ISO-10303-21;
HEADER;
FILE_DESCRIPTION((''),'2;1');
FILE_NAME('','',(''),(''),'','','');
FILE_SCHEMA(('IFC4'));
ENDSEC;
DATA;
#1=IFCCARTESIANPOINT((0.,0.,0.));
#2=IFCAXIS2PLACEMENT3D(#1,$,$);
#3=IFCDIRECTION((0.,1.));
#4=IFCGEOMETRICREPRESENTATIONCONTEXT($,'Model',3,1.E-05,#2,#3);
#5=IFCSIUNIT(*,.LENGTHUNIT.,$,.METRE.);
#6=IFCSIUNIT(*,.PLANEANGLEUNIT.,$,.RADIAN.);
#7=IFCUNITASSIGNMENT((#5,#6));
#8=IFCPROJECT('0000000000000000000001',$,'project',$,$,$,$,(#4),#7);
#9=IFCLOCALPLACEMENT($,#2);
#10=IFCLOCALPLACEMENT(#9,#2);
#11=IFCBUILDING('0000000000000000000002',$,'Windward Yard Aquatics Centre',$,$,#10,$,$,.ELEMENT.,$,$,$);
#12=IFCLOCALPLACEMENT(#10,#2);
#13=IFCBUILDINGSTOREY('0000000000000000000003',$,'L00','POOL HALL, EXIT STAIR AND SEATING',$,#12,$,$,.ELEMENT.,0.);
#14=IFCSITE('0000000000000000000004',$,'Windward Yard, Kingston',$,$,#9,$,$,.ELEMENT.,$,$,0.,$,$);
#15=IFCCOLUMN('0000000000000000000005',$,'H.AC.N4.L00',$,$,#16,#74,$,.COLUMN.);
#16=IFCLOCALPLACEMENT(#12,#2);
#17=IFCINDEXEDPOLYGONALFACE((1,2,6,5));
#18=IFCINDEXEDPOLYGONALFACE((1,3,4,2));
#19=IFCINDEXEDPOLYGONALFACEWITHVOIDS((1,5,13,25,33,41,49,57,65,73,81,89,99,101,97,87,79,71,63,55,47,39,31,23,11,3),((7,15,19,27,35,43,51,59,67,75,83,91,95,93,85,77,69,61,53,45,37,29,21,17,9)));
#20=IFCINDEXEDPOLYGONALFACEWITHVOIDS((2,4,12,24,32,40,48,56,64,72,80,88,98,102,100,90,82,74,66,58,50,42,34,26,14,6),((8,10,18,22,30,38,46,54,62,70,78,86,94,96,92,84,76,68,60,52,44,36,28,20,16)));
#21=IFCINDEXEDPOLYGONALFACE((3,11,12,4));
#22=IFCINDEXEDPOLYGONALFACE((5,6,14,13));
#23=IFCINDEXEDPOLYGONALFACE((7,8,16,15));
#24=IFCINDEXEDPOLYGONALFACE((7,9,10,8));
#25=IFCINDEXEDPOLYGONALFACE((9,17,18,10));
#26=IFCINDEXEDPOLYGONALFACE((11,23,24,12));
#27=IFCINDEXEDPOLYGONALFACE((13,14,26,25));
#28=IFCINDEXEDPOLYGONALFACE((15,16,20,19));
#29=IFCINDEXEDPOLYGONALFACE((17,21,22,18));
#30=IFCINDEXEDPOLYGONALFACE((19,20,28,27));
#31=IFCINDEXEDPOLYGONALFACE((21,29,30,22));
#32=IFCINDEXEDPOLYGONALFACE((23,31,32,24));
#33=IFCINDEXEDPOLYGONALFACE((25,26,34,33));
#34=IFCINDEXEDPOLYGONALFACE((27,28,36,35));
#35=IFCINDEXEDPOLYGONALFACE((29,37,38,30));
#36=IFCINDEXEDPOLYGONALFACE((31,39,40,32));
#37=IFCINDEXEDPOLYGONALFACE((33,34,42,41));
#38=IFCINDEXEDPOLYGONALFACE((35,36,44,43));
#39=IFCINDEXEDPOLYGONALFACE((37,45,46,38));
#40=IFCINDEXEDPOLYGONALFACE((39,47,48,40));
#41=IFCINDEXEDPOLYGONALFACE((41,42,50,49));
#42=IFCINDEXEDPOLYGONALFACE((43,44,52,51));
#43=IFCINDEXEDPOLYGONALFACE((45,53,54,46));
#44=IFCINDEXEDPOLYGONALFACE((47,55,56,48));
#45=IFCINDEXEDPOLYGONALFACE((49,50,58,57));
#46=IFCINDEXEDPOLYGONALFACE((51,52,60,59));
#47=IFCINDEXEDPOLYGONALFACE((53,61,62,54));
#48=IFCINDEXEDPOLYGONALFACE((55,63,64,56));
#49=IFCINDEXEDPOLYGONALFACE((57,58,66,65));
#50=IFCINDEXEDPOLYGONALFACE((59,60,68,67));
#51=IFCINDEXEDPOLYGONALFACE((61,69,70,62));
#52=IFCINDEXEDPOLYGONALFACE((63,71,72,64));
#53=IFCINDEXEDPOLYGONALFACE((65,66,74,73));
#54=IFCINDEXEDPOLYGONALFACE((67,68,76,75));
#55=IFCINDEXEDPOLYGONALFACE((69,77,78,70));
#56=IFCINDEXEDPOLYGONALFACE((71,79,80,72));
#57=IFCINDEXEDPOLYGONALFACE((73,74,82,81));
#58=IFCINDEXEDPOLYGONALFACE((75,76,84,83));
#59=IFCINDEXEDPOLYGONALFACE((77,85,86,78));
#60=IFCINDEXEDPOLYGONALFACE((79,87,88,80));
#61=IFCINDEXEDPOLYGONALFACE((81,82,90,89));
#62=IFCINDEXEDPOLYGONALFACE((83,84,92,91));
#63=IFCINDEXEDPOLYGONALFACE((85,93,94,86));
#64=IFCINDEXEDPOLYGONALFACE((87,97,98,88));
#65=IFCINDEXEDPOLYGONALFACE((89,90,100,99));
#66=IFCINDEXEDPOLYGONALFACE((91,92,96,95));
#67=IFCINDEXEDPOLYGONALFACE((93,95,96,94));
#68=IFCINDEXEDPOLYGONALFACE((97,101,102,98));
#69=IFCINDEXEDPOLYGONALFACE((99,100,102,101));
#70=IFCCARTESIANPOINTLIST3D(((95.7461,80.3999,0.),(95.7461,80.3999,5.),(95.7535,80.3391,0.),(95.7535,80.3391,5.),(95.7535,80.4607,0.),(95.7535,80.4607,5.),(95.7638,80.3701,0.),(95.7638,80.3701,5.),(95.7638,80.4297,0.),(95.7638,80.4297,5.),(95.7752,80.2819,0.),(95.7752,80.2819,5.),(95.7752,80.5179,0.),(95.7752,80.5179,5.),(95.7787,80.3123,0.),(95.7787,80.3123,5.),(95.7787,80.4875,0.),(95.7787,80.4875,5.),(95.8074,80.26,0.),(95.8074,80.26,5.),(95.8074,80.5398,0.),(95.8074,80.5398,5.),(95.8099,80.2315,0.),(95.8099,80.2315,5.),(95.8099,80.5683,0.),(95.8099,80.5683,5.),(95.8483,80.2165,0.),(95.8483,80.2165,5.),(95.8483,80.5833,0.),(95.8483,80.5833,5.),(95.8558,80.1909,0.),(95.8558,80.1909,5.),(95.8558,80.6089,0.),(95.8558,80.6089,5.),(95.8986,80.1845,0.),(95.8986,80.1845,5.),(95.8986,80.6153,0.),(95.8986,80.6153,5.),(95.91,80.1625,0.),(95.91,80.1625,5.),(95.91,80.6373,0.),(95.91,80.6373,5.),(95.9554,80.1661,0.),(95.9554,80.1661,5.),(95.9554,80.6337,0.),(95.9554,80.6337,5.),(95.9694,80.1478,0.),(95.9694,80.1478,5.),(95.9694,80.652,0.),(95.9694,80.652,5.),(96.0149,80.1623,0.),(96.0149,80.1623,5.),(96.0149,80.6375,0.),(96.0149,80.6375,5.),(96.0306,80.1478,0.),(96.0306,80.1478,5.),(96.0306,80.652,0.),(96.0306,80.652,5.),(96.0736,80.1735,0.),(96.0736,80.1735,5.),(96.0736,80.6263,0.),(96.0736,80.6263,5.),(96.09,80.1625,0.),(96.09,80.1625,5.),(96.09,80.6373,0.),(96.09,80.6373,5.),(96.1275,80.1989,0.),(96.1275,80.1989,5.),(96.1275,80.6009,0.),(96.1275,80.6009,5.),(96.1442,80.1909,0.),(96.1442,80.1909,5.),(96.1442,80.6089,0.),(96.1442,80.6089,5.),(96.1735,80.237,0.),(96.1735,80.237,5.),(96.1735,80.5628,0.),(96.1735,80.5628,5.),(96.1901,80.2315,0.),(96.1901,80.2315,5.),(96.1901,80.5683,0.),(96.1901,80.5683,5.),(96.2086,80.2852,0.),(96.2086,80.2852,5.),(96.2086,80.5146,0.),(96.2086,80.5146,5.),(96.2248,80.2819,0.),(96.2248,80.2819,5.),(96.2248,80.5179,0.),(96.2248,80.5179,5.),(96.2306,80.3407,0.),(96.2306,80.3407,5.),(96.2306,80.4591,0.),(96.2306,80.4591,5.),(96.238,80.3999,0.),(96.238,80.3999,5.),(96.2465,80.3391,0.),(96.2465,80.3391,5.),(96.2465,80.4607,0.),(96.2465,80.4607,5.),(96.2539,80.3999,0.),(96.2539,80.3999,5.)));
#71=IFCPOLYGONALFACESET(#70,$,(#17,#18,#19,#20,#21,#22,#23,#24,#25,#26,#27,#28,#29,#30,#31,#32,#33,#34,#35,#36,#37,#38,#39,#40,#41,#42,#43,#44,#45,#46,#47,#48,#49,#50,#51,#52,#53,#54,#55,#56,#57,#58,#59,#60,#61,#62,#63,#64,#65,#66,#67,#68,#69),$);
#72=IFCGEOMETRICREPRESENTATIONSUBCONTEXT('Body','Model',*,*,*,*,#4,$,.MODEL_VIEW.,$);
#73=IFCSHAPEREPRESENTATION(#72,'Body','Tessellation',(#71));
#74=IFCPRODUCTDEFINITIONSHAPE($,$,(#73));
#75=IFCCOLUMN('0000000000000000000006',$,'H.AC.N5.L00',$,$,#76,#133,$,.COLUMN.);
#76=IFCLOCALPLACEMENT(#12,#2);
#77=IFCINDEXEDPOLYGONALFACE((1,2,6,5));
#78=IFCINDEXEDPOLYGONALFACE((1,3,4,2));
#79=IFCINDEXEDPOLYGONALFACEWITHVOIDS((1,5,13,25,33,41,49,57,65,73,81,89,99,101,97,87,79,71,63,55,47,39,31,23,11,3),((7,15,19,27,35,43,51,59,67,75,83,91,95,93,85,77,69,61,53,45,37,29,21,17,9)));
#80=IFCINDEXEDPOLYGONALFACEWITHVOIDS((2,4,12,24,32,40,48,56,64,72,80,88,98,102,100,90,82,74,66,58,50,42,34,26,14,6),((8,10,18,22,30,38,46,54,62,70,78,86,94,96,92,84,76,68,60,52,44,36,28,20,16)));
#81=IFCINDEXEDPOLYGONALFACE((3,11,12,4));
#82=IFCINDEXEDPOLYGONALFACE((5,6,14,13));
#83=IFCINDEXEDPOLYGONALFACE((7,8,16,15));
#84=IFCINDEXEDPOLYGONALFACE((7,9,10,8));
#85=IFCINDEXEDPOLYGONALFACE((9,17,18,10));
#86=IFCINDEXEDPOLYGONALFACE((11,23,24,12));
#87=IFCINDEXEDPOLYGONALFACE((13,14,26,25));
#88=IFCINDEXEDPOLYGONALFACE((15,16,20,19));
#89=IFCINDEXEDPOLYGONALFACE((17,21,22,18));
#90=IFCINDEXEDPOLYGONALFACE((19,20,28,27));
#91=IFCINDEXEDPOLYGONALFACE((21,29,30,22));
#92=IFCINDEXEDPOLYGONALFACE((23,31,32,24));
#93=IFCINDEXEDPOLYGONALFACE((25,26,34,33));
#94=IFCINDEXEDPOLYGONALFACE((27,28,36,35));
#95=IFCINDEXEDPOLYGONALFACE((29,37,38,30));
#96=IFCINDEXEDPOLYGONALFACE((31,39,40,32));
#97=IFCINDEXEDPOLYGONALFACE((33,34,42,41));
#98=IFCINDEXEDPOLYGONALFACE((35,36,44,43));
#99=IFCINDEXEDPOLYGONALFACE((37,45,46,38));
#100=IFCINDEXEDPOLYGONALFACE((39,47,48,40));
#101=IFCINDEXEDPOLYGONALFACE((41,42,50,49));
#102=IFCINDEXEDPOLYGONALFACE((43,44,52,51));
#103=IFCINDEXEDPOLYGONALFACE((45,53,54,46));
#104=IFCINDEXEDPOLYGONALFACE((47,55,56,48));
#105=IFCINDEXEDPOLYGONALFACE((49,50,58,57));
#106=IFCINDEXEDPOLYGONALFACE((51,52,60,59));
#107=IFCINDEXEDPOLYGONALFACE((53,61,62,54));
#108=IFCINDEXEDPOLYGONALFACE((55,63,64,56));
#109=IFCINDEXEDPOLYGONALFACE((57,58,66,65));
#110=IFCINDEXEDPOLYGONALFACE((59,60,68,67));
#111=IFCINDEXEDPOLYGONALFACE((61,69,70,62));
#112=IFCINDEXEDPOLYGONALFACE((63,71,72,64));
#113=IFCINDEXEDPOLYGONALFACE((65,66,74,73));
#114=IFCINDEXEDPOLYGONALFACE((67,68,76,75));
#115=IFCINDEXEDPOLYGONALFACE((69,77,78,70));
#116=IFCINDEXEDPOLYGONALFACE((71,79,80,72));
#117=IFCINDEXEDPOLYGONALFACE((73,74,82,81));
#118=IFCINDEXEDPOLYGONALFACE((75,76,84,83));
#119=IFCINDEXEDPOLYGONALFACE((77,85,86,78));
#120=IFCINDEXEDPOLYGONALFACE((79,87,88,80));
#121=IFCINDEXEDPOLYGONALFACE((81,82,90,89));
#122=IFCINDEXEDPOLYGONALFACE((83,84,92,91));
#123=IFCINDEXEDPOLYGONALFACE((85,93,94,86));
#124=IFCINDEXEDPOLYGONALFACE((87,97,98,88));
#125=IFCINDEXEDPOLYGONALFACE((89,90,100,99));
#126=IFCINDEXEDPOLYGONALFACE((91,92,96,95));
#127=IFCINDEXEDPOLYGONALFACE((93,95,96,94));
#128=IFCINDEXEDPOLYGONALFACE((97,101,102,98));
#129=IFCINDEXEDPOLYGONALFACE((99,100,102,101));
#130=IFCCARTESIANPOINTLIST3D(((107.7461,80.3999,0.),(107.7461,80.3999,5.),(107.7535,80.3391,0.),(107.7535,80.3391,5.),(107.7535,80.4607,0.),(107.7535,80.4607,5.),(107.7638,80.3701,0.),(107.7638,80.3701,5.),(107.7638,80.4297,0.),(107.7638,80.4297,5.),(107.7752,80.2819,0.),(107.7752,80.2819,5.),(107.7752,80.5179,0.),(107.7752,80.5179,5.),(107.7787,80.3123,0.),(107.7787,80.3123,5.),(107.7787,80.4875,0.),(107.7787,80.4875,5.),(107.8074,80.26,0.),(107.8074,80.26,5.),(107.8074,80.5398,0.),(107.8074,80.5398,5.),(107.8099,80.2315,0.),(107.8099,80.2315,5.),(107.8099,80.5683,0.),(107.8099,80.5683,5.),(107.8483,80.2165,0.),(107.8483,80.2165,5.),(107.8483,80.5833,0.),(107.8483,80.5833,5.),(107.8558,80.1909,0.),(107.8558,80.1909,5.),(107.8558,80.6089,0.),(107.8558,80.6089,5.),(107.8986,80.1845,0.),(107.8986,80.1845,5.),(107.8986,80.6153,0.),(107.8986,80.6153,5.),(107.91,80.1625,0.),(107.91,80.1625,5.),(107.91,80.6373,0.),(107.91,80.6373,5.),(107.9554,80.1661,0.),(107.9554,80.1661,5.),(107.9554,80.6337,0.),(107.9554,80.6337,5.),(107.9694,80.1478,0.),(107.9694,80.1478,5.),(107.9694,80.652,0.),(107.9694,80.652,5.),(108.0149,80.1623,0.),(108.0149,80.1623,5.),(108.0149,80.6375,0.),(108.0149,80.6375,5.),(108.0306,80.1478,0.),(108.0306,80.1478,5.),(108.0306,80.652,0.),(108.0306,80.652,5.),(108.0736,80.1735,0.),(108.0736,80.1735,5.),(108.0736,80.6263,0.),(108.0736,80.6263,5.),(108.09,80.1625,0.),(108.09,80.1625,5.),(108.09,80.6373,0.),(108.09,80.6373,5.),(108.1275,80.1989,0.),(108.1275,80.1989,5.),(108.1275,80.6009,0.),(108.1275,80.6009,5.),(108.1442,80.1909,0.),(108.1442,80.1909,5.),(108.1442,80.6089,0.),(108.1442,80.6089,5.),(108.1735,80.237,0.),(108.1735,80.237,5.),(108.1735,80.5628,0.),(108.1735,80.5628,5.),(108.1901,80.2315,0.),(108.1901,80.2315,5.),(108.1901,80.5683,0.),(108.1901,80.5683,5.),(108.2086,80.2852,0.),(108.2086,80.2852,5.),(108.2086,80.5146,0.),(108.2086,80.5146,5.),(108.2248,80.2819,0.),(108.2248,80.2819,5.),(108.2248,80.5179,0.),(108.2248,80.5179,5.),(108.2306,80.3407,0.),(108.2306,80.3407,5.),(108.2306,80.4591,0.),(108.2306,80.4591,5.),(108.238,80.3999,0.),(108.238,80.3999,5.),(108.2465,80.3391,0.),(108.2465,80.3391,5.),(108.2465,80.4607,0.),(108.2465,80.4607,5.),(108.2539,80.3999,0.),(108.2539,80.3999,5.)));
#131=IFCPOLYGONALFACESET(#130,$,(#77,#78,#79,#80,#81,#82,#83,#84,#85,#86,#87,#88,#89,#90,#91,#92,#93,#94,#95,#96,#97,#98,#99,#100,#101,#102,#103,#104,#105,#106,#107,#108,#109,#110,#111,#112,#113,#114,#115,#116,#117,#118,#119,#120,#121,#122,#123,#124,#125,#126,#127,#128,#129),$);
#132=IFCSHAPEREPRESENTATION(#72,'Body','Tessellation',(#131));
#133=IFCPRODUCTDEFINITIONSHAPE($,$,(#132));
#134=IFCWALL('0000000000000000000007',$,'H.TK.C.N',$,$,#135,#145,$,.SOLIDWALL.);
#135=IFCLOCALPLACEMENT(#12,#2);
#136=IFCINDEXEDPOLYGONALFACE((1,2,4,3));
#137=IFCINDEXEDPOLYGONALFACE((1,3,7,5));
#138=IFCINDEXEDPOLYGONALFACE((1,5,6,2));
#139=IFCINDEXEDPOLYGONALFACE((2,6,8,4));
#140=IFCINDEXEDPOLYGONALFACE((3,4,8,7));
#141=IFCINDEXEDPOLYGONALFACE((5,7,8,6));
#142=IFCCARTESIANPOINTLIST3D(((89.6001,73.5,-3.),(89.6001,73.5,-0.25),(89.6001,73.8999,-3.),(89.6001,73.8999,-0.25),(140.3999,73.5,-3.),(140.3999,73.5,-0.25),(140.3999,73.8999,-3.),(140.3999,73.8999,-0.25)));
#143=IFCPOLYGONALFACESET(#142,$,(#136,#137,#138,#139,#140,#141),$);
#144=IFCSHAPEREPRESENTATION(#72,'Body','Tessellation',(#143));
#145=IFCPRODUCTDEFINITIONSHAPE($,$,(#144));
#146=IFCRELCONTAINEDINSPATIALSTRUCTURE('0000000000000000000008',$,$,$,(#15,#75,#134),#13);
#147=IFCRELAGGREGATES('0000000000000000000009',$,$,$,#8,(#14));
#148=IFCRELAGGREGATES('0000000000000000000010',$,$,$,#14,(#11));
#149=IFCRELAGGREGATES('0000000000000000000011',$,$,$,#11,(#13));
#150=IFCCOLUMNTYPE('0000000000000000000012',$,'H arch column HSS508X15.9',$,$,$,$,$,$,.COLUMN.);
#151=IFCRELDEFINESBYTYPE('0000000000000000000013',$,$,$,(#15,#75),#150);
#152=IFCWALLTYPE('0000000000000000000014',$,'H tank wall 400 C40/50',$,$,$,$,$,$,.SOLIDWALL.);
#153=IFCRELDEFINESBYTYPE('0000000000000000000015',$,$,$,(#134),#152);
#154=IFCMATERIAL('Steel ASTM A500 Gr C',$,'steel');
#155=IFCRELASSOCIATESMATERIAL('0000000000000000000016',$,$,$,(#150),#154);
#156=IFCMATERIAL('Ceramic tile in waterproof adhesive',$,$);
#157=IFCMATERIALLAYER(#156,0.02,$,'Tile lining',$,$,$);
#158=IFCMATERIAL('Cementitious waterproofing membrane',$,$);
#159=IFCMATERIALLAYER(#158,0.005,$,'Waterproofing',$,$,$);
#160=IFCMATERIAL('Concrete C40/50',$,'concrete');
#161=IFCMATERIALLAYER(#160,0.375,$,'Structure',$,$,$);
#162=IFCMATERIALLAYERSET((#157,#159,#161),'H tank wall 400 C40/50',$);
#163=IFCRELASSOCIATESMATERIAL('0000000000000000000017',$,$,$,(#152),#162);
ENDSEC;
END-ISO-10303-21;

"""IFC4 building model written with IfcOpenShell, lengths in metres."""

from ifc_helpers import new_model, si_unit, direction, frame, frame_2d, origin, origin_2d, place, context, subcontext, project, spatial, rectangle, hollow_circle, extrude, material, layer, layer_set, material_profile, profile_set, type_object, element, save


model = new_model("IFC4")

# Units and contexts
model_context = context("Model", 3, precision=1e-05, world=origin(), true_north=direction((0.0, 1.0)))
body_context = subcontext(model_context, "Body", "Model", "MODEL_VIEW")
ifc_project = project(units=[si_unit("LENGTHUNIT", "METRE"), si_unit("PLANEANGLEUNIT", "RADIAN")], contexts=[model_context])

# Site, building, storey
site_placement = place(None, origin())
site = spatial("IfcSite", under=ifc_project, at=site_placement, Name="Windward Yard, Kingston", CompositionType="ELEMENT", RefElevation=0.0)
building_placement = place(site_placement, origin())
building = spatial("IfcBuilding", under=site, at=building_placement, Name="Windward Yard Aquatics Centre", CompositionType="ELEMENT")
storey_placement = place(building_placement, origin())
storey = spatial("IfcBuildingStorey", under=building, at=storey_placement, Name="L00", Description="POOL HALL, EXIT STAIR AND SEATING", CompositionType="ELEMENT", Elevation=0.0)

# Columns
ifc_material_1 = material(Name="Steel ASTM A500 Gr C", Category="steel")
ifc_material_profile_1 = material_profile(ifc_material_1, hollow_circle(Radius=0.2539, WallThickness=0.0159, at=origin_2d()), Name="HSS508X15.9")
ifc_profile_set_1 = profile_set([ifc_material_profile_1], Name="Steel ASTM A500 Gr C")
column_type = type_object("IfcColumnType", Name="H arch column HSS508X15.9", PredefinedType="COLUMN", material=ifc_profile_set_1)
for number, where, z_axis, x_axis, name in (
    (1, (96.0, 80.3999, 0.0), (0.0, 0.0, 1.0), (1.0, 0.0, 0.0), "H.AC.N4.L00"),
    (2, (108.0, 80.3999, 0.0), (0.0, 0.0, 1.0), (1.0, 0.0, 0.0), "H.AC.N5.L00"),
):
    element("IfcColumn", number, at=place(storey_placement, frame(where, z_axis=z_axis, x_axis=x_axis)), inside=storey, type_object=column_type, Name=name, PredefinedType="COLUMN", context=body_context, shape_type="SweptSolid", body=[
        extrude(hollow_circle(Radius=0.2539, WallThickness=0.0159, at=origin_2d()), origin(), (0.0, 0.0, 1.0), 5.0),
    ])

# Wall
ifc_material_2 = material(Name="Ceramic tile in waterproof adhesive")
ifc_layer_1 = layer(ifc_material_2, 0.02, Name="Tile lining")
ifc_material_3 = material(Name="Cementitious waterproofing membrane")
ifc_layer_2 = layer(ifc_material_3, 0.005, Name="Waterproofing")
ifc_material_4 = material(Name="Concrete C40/50", Category="concrete")
ifc_layer_3 = layer(ifc_material_4, 0.375, Name="Structure")
ifc_layer_set = layer_set([ifc_layer_1, ifc_layer_2, ifc_layer_3], Name="H tank wall 400 C40/50")
wall_type = type_object("IfcWallType", Name="H tank wall 400 C40/50", PredefinedType="SOLIDWALL", material=ifc_layer_set)
wall_placement = place(storey_placement, frame((89.6001, 73.7, -3.0), z_axis=(0.0, 0.0, 1.0), x_axis=(1.0, 0.0, 0.0)))
element("IfcWall", 3, at=wall_placement, inside=storey, type_object=wall_type, Name="H.TK.C.N", PredefinedType="SOLIDWALL", context=body_context, shape_type="SweptSolid", body=[
    extrude(rectangle(XDim=50.7998, YDim=0.3999, at=frame_2d((25.3999, 0.0))), origin(), (0.0, 0.0, 1.0), 2.75),
])

save(model, "model.ifc")
